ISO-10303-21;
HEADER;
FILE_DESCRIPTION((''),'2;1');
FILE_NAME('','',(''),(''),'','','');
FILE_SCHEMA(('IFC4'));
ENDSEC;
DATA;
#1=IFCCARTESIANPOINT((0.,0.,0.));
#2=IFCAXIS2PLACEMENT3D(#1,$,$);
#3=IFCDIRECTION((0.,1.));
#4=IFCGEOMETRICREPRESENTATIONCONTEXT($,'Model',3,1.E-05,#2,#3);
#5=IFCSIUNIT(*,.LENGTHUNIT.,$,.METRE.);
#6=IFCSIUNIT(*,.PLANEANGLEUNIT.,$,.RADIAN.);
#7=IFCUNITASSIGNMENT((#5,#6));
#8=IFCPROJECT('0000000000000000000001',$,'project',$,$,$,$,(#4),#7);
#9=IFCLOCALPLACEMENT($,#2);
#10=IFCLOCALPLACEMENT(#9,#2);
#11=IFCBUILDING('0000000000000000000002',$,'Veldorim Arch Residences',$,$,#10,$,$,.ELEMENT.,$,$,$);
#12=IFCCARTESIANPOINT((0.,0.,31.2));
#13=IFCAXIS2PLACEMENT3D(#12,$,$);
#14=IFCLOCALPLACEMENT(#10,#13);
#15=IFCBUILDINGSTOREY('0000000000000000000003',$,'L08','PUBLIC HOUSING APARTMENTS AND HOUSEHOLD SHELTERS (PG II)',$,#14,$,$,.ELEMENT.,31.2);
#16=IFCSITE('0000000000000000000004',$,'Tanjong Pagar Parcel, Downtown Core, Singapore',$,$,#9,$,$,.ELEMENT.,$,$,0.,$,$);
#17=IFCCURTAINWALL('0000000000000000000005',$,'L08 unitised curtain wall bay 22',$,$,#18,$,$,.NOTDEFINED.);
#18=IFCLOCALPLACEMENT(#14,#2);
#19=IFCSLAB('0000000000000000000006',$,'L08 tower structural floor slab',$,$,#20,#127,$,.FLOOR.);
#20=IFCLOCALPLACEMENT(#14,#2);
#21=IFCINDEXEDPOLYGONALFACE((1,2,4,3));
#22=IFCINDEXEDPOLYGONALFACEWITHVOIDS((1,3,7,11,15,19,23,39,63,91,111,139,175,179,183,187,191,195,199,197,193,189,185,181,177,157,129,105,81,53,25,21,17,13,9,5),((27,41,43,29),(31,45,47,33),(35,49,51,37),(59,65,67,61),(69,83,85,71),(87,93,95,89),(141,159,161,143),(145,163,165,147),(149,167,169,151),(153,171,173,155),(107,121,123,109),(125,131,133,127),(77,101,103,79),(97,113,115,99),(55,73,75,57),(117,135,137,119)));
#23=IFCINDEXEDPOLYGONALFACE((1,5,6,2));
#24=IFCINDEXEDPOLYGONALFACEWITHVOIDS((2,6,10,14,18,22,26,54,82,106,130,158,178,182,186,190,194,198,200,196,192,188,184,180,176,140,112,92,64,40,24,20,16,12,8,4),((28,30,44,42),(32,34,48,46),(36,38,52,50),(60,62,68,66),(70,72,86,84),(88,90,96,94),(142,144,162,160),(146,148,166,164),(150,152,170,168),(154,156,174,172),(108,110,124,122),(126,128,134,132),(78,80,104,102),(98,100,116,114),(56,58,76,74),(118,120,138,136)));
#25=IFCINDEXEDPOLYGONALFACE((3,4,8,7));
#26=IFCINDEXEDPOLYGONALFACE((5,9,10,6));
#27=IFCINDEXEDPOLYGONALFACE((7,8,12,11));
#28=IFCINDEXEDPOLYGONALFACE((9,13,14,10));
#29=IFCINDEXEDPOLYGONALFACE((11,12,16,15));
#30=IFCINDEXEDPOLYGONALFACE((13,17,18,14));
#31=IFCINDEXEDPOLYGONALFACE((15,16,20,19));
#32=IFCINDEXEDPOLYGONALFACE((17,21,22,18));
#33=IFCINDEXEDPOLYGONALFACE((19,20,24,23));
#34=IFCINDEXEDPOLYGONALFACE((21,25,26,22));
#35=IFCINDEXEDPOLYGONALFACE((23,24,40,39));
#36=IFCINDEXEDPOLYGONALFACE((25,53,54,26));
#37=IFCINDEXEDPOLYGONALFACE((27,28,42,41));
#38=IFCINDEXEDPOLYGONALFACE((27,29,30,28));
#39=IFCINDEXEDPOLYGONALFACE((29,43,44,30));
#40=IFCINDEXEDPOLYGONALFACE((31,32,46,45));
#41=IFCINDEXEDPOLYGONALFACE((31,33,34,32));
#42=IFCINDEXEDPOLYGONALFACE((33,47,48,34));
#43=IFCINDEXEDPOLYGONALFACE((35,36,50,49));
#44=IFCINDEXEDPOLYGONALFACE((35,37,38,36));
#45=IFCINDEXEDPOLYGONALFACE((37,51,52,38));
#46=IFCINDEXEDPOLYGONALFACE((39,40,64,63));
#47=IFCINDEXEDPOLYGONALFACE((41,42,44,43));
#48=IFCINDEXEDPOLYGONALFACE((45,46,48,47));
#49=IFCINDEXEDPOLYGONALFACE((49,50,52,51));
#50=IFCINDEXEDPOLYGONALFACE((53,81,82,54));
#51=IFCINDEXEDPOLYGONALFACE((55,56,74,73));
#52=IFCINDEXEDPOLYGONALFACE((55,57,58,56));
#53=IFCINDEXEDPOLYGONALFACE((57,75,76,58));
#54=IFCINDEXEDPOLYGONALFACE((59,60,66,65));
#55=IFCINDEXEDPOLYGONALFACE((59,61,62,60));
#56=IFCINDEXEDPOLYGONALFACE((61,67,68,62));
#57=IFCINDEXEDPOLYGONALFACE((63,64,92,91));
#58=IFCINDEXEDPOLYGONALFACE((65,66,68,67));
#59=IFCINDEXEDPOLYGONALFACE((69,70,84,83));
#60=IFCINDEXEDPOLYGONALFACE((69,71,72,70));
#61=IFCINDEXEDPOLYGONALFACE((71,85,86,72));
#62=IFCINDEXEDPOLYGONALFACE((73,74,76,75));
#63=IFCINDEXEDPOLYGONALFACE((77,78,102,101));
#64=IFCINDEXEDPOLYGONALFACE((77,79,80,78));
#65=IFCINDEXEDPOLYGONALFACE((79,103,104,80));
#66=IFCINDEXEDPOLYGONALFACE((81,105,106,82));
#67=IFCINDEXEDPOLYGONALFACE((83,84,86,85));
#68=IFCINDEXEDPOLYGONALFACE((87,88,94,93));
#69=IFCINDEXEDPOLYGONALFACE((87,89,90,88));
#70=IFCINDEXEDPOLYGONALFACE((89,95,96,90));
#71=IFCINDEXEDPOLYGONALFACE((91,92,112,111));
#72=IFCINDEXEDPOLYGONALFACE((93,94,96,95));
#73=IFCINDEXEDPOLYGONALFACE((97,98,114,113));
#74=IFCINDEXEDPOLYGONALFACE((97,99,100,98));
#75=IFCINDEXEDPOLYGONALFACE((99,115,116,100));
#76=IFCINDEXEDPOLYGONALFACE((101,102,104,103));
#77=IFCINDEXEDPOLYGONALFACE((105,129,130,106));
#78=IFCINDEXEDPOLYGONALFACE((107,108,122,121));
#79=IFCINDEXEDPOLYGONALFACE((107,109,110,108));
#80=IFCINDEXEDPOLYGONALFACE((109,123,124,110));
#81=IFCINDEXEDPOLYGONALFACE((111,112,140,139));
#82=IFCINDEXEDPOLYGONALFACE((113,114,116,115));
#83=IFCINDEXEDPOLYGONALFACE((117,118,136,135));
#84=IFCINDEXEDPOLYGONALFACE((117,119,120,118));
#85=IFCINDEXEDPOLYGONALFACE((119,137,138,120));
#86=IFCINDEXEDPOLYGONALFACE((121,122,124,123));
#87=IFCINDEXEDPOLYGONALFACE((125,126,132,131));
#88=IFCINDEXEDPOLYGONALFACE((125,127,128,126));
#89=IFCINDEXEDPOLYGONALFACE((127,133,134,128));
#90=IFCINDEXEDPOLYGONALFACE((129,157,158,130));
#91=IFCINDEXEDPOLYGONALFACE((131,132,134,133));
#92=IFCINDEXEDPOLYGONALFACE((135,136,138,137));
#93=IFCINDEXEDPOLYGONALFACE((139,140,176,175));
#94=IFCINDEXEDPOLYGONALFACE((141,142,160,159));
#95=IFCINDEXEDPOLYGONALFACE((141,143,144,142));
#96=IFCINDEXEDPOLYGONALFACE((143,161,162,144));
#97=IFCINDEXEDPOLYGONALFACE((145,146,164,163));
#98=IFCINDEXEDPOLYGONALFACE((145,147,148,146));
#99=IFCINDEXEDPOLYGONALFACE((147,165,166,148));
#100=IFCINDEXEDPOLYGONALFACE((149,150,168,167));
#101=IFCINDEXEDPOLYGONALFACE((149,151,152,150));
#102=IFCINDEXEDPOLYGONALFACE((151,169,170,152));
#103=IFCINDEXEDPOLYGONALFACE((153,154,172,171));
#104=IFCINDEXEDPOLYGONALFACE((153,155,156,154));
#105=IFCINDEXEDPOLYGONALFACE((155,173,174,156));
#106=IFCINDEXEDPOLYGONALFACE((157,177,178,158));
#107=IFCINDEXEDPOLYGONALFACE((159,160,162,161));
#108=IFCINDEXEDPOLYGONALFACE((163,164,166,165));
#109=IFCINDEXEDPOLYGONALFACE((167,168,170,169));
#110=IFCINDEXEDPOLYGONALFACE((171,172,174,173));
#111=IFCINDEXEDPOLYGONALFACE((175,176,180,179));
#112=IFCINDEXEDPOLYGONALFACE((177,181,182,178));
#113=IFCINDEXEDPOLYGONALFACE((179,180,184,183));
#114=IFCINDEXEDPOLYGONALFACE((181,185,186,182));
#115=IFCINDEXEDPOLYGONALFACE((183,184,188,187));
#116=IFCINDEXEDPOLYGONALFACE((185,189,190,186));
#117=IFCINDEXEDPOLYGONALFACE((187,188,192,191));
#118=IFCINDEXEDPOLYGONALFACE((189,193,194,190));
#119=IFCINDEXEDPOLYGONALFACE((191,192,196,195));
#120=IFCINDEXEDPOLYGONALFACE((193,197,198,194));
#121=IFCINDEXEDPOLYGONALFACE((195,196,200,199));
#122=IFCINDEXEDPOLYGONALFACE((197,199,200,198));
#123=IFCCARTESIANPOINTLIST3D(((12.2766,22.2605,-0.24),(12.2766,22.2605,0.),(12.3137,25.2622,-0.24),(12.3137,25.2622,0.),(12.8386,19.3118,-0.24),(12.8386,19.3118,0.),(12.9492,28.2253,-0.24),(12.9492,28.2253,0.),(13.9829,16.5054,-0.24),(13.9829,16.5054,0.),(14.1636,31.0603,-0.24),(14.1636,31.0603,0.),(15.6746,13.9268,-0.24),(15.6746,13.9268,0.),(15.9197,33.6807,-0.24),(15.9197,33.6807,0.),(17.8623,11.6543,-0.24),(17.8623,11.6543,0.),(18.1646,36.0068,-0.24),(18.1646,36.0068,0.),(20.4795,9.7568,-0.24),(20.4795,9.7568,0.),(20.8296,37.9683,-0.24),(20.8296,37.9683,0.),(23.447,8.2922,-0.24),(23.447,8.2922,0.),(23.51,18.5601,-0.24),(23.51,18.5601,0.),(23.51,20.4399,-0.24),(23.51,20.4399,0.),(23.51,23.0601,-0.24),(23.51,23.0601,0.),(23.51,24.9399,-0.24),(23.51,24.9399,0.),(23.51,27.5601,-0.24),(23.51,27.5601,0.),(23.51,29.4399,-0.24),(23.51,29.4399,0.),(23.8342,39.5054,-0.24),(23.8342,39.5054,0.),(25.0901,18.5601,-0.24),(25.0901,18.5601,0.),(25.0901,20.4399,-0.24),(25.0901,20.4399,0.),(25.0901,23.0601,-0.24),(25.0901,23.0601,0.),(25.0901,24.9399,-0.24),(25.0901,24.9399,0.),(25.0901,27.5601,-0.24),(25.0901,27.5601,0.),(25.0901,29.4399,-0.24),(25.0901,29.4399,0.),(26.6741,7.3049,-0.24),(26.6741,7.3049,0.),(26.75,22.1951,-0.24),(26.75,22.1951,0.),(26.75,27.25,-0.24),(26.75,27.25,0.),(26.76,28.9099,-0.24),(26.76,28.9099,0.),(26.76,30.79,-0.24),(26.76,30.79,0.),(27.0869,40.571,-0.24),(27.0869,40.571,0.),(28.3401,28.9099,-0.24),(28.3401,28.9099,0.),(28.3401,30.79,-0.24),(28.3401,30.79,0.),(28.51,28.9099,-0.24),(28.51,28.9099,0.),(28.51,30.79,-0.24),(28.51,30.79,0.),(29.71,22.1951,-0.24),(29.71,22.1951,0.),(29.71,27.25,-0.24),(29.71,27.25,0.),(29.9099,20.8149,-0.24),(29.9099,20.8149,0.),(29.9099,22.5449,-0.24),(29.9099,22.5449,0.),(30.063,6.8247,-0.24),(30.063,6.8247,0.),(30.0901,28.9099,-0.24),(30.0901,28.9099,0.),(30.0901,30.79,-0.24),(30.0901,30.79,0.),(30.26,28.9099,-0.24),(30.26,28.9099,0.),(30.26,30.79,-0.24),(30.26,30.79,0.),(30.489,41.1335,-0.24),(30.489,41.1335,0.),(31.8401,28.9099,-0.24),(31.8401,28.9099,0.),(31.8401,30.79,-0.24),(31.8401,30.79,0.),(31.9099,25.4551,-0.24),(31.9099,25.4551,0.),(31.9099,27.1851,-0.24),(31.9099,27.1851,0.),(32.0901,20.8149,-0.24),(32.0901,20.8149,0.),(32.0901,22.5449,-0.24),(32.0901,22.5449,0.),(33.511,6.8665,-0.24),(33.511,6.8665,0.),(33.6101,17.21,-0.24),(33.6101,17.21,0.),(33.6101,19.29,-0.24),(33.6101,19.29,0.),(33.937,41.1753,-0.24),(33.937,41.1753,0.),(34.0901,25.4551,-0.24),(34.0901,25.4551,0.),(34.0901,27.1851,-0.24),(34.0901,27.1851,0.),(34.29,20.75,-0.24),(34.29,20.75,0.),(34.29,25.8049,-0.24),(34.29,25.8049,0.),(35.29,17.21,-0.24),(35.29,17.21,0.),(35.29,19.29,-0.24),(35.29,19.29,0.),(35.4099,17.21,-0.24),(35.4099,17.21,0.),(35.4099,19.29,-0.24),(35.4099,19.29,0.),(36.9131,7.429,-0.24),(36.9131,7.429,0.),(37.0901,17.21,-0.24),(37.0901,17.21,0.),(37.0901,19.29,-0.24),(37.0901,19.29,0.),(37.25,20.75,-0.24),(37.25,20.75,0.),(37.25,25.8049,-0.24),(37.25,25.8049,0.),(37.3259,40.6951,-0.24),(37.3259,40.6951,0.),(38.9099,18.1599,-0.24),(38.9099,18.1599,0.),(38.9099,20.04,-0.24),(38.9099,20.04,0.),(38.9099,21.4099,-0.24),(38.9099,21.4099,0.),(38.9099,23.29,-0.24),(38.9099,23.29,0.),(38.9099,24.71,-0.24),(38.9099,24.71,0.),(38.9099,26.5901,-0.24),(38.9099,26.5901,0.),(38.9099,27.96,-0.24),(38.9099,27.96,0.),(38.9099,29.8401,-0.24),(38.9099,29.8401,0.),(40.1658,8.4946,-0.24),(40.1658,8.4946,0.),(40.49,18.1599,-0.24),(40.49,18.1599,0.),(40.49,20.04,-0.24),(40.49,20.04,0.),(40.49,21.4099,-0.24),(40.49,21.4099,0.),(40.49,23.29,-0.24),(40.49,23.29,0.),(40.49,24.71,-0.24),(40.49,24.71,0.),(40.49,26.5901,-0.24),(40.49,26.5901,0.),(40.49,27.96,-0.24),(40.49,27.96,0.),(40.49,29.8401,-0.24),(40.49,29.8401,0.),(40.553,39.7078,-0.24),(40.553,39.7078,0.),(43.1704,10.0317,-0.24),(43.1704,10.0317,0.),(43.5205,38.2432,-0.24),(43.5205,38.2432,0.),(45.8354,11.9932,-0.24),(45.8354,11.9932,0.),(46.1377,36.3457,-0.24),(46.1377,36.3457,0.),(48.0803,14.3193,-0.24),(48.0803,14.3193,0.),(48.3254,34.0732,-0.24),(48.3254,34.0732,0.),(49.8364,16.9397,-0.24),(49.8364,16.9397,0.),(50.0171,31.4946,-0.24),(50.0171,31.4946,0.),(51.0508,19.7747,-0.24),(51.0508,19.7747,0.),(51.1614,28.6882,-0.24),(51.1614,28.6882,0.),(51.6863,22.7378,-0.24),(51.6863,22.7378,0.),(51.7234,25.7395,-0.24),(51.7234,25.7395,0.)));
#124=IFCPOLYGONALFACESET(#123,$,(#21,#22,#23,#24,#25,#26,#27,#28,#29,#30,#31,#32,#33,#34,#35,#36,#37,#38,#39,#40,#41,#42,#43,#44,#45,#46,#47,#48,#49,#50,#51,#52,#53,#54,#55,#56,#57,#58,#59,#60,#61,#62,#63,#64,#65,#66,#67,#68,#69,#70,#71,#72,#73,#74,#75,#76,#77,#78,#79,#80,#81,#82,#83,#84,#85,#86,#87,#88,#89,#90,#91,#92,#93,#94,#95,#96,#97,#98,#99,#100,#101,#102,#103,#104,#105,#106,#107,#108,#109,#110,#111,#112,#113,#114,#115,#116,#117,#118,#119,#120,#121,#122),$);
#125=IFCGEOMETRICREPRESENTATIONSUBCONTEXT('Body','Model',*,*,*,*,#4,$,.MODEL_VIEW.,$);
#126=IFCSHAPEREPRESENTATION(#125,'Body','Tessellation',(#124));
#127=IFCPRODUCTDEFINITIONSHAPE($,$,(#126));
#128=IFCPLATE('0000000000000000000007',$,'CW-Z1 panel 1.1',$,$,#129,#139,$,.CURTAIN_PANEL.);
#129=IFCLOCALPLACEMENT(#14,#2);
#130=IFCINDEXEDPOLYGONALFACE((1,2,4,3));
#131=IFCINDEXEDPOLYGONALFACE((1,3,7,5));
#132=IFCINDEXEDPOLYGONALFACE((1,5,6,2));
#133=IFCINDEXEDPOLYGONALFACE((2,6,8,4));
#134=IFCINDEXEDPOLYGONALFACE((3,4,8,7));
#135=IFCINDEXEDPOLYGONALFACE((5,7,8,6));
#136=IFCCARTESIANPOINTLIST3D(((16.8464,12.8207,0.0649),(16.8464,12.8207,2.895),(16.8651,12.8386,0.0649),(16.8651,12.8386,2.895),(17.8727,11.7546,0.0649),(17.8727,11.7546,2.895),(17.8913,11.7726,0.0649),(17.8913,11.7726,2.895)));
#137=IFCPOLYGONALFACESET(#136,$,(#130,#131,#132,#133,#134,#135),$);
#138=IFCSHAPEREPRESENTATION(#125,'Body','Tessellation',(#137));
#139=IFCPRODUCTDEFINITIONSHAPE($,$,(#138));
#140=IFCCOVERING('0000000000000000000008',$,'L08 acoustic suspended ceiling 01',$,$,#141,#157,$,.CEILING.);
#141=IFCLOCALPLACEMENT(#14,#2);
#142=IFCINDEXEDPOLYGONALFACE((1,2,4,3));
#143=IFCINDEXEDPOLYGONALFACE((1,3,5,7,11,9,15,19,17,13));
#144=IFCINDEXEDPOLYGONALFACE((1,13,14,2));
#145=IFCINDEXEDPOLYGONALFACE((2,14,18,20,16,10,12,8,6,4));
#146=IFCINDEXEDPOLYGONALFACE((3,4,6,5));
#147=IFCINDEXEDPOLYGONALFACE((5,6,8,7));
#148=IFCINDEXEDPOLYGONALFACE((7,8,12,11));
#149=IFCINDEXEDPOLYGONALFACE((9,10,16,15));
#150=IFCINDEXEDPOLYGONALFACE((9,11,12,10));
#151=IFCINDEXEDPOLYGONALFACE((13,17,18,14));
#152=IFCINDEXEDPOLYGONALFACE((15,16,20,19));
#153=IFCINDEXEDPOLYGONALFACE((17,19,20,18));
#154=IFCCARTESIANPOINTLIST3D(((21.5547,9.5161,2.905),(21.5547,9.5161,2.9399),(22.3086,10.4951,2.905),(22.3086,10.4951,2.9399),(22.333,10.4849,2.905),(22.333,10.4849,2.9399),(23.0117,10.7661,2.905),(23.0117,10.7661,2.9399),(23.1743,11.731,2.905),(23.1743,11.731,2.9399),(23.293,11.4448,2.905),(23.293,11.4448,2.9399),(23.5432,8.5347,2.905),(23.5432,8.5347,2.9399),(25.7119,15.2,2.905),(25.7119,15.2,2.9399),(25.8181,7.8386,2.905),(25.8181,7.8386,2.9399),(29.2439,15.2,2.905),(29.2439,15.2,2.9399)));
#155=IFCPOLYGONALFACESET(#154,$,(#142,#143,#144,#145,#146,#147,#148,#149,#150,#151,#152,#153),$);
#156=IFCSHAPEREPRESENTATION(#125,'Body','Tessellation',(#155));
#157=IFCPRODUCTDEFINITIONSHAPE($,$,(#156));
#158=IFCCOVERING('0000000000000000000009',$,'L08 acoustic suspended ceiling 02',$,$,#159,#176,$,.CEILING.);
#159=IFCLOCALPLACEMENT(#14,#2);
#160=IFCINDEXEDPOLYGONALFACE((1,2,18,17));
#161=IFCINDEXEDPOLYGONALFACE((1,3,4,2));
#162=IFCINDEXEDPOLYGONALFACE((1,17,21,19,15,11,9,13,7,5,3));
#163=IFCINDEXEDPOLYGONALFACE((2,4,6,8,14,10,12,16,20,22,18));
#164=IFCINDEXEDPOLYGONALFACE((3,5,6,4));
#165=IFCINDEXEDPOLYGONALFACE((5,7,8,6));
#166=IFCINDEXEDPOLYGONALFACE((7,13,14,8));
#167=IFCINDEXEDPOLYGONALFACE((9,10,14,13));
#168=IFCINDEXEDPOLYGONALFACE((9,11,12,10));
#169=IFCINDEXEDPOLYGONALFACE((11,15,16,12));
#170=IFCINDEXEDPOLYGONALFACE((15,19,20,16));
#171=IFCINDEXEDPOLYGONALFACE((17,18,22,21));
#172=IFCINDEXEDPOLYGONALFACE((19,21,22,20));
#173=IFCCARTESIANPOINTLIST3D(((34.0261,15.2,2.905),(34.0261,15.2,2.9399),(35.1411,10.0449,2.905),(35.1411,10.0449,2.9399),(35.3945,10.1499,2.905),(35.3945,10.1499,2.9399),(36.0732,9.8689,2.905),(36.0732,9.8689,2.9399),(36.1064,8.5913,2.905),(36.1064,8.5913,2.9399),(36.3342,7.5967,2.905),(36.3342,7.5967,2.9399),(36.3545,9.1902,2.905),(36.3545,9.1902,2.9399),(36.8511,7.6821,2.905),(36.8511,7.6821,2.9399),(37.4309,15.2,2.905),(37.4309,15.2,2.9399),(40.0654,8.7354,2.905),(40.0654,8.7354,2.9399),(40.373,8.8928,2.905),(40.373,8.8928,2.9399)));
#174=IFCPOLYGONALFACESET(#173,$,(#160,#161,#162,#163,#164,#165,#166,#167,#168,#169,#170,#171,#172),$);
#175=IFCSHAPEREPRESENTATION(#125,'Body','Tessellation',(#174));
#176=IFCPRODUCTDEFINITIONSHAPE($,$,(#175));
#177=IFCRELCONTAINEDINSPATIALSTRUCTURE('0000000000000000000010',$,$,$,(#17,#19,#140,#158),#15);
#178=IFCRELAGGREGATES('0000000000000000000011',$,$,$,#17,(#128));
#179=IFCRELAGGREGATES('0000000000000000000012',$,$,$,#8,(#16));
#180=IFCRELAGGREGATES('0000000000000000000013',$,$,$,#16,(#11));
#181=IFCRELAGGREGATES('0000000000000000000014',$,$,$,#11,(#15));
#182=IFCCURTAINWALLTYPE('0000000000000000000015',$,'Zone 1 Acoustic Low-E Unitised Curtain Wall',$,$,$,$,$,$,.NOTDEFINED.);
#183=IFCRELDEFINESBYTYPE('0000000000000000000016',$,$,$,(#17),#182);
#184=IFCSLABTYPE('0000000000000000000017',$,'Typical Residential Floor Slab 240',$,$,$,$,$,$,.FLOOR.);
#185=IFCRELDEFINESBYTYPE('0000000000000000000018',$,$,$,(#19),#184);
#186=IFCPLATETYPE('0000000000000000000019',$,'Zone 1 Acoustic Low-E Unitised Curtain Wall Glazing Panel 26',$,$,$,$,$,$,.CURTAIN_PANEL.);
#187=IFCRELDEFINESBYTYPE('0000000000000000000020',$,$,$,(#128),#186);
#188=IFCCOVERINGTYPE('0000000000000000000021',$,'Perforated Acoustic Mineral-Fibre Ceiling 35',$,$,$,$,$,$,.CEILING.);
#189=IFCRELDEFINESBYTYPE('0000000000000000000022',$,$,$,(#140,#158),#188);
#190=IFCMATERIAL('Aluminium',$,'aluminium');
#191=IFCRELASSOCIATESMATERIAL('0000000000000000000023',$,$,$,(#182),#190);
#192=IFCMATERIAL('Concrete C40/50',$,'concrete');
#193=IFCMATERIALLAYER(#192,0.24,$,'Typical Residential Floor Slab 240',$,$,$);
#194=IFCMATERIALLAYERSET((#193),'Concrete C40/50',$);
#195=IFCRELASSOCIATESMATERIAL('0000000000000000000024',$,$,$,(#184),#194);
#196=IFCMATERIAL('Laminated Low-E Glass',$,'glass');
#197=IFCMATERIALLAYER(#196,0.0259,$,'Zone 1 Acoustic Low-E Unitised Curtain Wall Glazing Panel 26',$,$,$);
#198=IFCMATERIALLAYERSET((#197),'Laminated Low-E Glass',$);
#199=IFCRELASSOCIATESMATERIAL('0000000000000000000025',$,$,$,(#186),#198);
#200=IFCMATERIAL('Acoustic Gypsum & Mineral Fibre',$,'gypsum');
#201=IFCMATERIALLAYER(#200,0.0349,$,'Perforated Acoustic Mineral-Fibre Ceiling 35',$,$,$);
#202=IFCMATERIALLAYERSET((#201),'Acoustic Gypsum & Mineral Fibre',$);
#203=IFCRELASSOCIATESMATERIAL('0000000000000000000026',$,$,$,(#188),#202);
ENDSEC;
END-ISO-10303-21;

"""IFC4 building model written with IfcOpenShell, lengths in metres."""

from ifc_helpers import new_model, si_unit, direction, frame, origin, origin_2d, place, context, subcontext, project, spatial, polyline, rectangle, outline, extrude, material, layer, layer_set, type_object, element, aggregate, save


model = new_model("IFC4")

# Units and contexts
model_context = context("Model", 3, precision=1e-05, world=origin(), true_north=direction((0.0, 1.0)))
body_context = subcontext(model_context, "Body", "Model", "MODEL_VIEW")
ifc_project = project(units=[si_unit("LENGTHUNIT", "METRE"), si_unit("PLANEANGLEUNIT", "RADIAN")], contexts=[model_context])

# Site, building, storey
site_placement = place(None, origin())
site = spatial("IfcSite", under=ifc_project, at=site_placement, Name="Tanjong Pagar Parcel, Downtown Core, Singapore", CompositionType="ELEMENT", RefElevation=0.0)
building_placement = place(site_placement, origin())
building = spatial("IfcBuilding", under=site, at=building_placement, Name="Veldorim Arch Residences", CompositionType="ELEMENT")
storey_placement = place(building_placement, frame((0.0, 0.0, 31.2)))
storey = spatial("IfcBuildingStorey", under=building, at=storey_placement, Name="L08", Description="PUBLIC HOUSING APARTMENTS AND HOUSEHOLD SHELTERS (PG II)", CompositionType="ELEMENT", Elevation=31.2)

# Curtain wall
ifc_material_1 = material(Name="Aluminium", Category="aluminium")
curtain_wall_type = type_object("IfcCurtainWallType", Name="Zone 1 Acoustic Low-E Unitised Curtain Wall", PredefinedType="NOTDEFINED", material=ifc_material_1)
curtain_wall_placement = place(storey_placement, origin())
curtain_wall = element("IfcCurtainWall", 1, at=curtain_wall_placement, inside=storey, type_object=curtain_wall_type, Name="L08 unitised curtain wall bay 22", PredefinedType="NOTDEFINED")

# Slab
ifc_material_2 = material(Name="Concrete C40/50", Category="concrete")
ifc_layer_1 = layer(ifc_material_2, 0.24, Name="Typical Residential Floor Slab 240")
ifc_layer_set_1 = layer_set([ifc_layer_1], Name="Concrete C40/50")
slab_type_1 = type_object("IfcSlabType", Name="Typical Residential Floor Slab 240", PredefinedType="FLOOR", material=ifc_layer_set_1)
slab_1_placement = place(storey_placement, frame((0.0, 0.0, -0.24)))
element("IfcSlab", 2, at=slab_1_placement, inside=storey, type_object=slab_type_1, Name="L08 tower structural floor slab", PredefinedType="FLOOR", context=body_context, shape_type="SweptSolid", body=[
    extrude(outline(polyline([(51.7234, 25.7395), (51.1614, 28.6882), (50.0171, 31.4946), (48.3254, 34.0732), (46.1377, 36.3457), (43.5205, 38.2432), (40.553, 39.7078), (37.3259, 40.6951), (33.937, 41.1753), (30.489, 41.1335), (27.0869, 40.571), (23.8342, 39.5054), (20.8296, 37.9683), (18.1646, 36.0068), (15.9197, 33.6807), (14.1636, 31.0603), (12.9492, 28.2253), (12.3137, 25.2622), (12.2766, 22.2605), (12.8386, 19.3118), (13.9829, 16.5054), (15.6746, 13.9268), (17.8623, 11.6543), (20.4795, 9.7568), (23.447, 8.2922), (26.6741, 7.3049), (30.063, 6.8247), (33.511, 6.8665), (36.9131, 7.429), (40.1658, 8.4946), (43.1704, 10.0317), (45.8354, 11.9932), (48.0803, 14.3193), (49.8364, 16.9397), (51.0508, 19.7747), (51.6863, 22.7378), (51.7234, 25.7395)]), holes=[polyline([(23.51, 20.4399), (25.0901, 20.4399), (25.0901, 18.5601), (23.51, 18.5601), (23.51, 20.4399)]), polyline([(29.9099, 22.5449), (32.0901, 22.5449), (32.0901, 20.8149), (29.9099, 20.8149), (29.9099, 22.5449)]), polyline([(23.51, 24.9399), (25.0901, 24.9399), (25.0901, 23.0601), (23.51, 23.0601), (23.51, 24.9399)]), polyline([(26.75, 27.25), (29.71, 27.25), (29.71, 22.1951), (26.75, 22.1951), (26.75, 27.25)]), polyline([(23.51, 29.4399), (25.0901, 29.4399), (25.0901, 27.5601), (23.51, 27.5601), (23.51, 29.4399)]), polyline([(26.76, 30.79), (28.3401, 30.79), (28.3401, 28.9099), (26.76, 28.9099), (26.76, 30.79)]), polyline([(28.51, 30.79), (30.0901, 30.79), (30.0901, 28.9099), (28.51, 28.9099), (28.51, 30.79)]), polyline([(30.26, 30.79), (31.8401, 30.79), (31.8401, 28.9099), (30.26, 28.9099), (30.26, 30.79)]), polyline([(33.6101, 19.29), (35.29, 19.29), (35.29, 17.21), (33.6101, 17.21), (33.6101, 19.29)]), polyline([(35.4099, 19.29), (37.0901, 19.29), (37.0901, 17.21), (35.4099, 17.21), (35.4099, 19.29)]), polyline([(38.9099, 20.04), (40.49, 20.04), (40.49, 18.1599), (38.9099, 18.1599), (38.9099, 20.04)]), polyline([(38.9099, 23.29), (40.49, 23.29), (40.49, 21.4099), (38.9099, 21.4099), (38.9099, 23.29)]), polyline([(34.29, 25.8049), (37.25, 25.8049), (37.25, 20.75), (34.29, 20.75), (34.29, 25.8049)]), polyline([(38.9099, 26.5901), (40.49, 26.5901), (40.49, 24.71), (38.9099, 24.71), (38.9099, 26.5901)]), polyline([(31.9099, 27.1851), (34.0901, 27.1851), (34.0901, 25.4551), (31.9099, 25.4551), (31.9099, 27.1851)]), polyline([(38.9099, 29.8401), (40.49, 29.8401), (40.49, 27.96), (38.9099, 27.96), (38.9099, 29.8401)])]), origin(), (0.0, 0.0, 1.0), 0.24),
])

# Plate
ifc_material_3 = material(Name="Laminated Low-E Glass", Category="glass")
ifc_layer_2 = layer(ifc_material_3, 0.0259, Name="Zone 1 Acoustic Low-E Unitised Curtain Wall Glazing Panel 26")
ifc_layer_set_2 = layer_set([ifc_layer_2], Name="Laminated Low-E Glass")
plate_type = type_object("IfcPlateType", Name="Zone 1 Acoustic Low-E Unitised Curtain Wall Glazing Panel 26", PredefinedType="CURTAIN_PANEL", material=ifc_layer_set_2)
plate_placement = place(storey_placement, frame((17.3689, 12.2966, 0.0649), z_axis=(0.0, 0.0, 1.0), x_axis=(-0.693538, 0.720421, 0.0)))
plate = element("IfcPlate", 3, at=plate_placement, type_object=plate_type, Name="CW-Z1 panel 1.1", PredefinedType="CURTAIN_PANEL", context=body_context, shape_type="SweptSolid", body=[
    extrude(rectangle(XDim=1.4797, YDim=0.0259, at=origin_2d()), origin(), (0.0, 0.0, 1.0), 2.8301),
])
aggregate(curtain_wall, [plate])

# Coverings
ifc_material_4 = material(Name="Acoustic Gypsum & Mineral Fibre", Category="gypsum")
ifc_layer_3 = layer(ifc_material_4, 0.0349, Name="Perforated Acoustic Mineral-Fibre Ceiling 35")
ifc_layer_set_3 = layer_set([ifc_layer_3], Name="Acoustic Gypsum & Mineral Fibre")
covering_type_1 = type_object("IfcCoveringType", Name="Perforated Acoustic Mineral-Fibre Ceiling 35", PredefinedType="CEILING", material=ifc_layer_set_3)
covering_1_placement = place(storey_placement, frame((0.0, 0.0, 2.905)))
element("IfcCovering", 4, at=covering_1_placement, inside=storey, type_object=covering_type_1, Name="L08 acoustic suspended ceiling 01", PredefinedType="CEILING", context=body_context, shape_type="SweptSolid", body=[
    extrude(outline(polyline([(22.3086, 10.4951), (22.333, 10.4849), (23.0117, 10.7661), (23.293, 11.4448), (23.1743, 11.731), (25.7119, 15.2), (29.2439, 15.2), (25.8181, 7.8386), (23.5432, 8.5347), (21.5547, 9.5161), (22.3086, 10.4951)])), origin(), (0.0, 0.0, 1.0), 0.0349),
])
covering_2_placement = place(storey_placement, frame((0.0, 0.0, 2.905)))
element("IfcCovering", 5, at=covering_2_placement, inside=storey, type_object=covering_type_1, Name="L08 acoustic suspended ceiling 02", PredefinedType="CEILING", context=body_context, shape_type="SweptSolid", body=[
    extrude(outline(polyline([(36.3545, 9.1902), (36.0732, 9.8689), (35.3945, 10.1499), (35.1411, 10.0449), (34.0261, 15.2), (37.4309, 15.2), (40.373, 8.8928), (40.0654, 8.7354), (36.8511, 7.6821), (36.3342, 7.5967), (36.1064, 8.5913), (36.3545, 9.1902)])), origin(), (0.0, 0.0, 1.0), 0.0349),
])

save(model, "model.ifc")
